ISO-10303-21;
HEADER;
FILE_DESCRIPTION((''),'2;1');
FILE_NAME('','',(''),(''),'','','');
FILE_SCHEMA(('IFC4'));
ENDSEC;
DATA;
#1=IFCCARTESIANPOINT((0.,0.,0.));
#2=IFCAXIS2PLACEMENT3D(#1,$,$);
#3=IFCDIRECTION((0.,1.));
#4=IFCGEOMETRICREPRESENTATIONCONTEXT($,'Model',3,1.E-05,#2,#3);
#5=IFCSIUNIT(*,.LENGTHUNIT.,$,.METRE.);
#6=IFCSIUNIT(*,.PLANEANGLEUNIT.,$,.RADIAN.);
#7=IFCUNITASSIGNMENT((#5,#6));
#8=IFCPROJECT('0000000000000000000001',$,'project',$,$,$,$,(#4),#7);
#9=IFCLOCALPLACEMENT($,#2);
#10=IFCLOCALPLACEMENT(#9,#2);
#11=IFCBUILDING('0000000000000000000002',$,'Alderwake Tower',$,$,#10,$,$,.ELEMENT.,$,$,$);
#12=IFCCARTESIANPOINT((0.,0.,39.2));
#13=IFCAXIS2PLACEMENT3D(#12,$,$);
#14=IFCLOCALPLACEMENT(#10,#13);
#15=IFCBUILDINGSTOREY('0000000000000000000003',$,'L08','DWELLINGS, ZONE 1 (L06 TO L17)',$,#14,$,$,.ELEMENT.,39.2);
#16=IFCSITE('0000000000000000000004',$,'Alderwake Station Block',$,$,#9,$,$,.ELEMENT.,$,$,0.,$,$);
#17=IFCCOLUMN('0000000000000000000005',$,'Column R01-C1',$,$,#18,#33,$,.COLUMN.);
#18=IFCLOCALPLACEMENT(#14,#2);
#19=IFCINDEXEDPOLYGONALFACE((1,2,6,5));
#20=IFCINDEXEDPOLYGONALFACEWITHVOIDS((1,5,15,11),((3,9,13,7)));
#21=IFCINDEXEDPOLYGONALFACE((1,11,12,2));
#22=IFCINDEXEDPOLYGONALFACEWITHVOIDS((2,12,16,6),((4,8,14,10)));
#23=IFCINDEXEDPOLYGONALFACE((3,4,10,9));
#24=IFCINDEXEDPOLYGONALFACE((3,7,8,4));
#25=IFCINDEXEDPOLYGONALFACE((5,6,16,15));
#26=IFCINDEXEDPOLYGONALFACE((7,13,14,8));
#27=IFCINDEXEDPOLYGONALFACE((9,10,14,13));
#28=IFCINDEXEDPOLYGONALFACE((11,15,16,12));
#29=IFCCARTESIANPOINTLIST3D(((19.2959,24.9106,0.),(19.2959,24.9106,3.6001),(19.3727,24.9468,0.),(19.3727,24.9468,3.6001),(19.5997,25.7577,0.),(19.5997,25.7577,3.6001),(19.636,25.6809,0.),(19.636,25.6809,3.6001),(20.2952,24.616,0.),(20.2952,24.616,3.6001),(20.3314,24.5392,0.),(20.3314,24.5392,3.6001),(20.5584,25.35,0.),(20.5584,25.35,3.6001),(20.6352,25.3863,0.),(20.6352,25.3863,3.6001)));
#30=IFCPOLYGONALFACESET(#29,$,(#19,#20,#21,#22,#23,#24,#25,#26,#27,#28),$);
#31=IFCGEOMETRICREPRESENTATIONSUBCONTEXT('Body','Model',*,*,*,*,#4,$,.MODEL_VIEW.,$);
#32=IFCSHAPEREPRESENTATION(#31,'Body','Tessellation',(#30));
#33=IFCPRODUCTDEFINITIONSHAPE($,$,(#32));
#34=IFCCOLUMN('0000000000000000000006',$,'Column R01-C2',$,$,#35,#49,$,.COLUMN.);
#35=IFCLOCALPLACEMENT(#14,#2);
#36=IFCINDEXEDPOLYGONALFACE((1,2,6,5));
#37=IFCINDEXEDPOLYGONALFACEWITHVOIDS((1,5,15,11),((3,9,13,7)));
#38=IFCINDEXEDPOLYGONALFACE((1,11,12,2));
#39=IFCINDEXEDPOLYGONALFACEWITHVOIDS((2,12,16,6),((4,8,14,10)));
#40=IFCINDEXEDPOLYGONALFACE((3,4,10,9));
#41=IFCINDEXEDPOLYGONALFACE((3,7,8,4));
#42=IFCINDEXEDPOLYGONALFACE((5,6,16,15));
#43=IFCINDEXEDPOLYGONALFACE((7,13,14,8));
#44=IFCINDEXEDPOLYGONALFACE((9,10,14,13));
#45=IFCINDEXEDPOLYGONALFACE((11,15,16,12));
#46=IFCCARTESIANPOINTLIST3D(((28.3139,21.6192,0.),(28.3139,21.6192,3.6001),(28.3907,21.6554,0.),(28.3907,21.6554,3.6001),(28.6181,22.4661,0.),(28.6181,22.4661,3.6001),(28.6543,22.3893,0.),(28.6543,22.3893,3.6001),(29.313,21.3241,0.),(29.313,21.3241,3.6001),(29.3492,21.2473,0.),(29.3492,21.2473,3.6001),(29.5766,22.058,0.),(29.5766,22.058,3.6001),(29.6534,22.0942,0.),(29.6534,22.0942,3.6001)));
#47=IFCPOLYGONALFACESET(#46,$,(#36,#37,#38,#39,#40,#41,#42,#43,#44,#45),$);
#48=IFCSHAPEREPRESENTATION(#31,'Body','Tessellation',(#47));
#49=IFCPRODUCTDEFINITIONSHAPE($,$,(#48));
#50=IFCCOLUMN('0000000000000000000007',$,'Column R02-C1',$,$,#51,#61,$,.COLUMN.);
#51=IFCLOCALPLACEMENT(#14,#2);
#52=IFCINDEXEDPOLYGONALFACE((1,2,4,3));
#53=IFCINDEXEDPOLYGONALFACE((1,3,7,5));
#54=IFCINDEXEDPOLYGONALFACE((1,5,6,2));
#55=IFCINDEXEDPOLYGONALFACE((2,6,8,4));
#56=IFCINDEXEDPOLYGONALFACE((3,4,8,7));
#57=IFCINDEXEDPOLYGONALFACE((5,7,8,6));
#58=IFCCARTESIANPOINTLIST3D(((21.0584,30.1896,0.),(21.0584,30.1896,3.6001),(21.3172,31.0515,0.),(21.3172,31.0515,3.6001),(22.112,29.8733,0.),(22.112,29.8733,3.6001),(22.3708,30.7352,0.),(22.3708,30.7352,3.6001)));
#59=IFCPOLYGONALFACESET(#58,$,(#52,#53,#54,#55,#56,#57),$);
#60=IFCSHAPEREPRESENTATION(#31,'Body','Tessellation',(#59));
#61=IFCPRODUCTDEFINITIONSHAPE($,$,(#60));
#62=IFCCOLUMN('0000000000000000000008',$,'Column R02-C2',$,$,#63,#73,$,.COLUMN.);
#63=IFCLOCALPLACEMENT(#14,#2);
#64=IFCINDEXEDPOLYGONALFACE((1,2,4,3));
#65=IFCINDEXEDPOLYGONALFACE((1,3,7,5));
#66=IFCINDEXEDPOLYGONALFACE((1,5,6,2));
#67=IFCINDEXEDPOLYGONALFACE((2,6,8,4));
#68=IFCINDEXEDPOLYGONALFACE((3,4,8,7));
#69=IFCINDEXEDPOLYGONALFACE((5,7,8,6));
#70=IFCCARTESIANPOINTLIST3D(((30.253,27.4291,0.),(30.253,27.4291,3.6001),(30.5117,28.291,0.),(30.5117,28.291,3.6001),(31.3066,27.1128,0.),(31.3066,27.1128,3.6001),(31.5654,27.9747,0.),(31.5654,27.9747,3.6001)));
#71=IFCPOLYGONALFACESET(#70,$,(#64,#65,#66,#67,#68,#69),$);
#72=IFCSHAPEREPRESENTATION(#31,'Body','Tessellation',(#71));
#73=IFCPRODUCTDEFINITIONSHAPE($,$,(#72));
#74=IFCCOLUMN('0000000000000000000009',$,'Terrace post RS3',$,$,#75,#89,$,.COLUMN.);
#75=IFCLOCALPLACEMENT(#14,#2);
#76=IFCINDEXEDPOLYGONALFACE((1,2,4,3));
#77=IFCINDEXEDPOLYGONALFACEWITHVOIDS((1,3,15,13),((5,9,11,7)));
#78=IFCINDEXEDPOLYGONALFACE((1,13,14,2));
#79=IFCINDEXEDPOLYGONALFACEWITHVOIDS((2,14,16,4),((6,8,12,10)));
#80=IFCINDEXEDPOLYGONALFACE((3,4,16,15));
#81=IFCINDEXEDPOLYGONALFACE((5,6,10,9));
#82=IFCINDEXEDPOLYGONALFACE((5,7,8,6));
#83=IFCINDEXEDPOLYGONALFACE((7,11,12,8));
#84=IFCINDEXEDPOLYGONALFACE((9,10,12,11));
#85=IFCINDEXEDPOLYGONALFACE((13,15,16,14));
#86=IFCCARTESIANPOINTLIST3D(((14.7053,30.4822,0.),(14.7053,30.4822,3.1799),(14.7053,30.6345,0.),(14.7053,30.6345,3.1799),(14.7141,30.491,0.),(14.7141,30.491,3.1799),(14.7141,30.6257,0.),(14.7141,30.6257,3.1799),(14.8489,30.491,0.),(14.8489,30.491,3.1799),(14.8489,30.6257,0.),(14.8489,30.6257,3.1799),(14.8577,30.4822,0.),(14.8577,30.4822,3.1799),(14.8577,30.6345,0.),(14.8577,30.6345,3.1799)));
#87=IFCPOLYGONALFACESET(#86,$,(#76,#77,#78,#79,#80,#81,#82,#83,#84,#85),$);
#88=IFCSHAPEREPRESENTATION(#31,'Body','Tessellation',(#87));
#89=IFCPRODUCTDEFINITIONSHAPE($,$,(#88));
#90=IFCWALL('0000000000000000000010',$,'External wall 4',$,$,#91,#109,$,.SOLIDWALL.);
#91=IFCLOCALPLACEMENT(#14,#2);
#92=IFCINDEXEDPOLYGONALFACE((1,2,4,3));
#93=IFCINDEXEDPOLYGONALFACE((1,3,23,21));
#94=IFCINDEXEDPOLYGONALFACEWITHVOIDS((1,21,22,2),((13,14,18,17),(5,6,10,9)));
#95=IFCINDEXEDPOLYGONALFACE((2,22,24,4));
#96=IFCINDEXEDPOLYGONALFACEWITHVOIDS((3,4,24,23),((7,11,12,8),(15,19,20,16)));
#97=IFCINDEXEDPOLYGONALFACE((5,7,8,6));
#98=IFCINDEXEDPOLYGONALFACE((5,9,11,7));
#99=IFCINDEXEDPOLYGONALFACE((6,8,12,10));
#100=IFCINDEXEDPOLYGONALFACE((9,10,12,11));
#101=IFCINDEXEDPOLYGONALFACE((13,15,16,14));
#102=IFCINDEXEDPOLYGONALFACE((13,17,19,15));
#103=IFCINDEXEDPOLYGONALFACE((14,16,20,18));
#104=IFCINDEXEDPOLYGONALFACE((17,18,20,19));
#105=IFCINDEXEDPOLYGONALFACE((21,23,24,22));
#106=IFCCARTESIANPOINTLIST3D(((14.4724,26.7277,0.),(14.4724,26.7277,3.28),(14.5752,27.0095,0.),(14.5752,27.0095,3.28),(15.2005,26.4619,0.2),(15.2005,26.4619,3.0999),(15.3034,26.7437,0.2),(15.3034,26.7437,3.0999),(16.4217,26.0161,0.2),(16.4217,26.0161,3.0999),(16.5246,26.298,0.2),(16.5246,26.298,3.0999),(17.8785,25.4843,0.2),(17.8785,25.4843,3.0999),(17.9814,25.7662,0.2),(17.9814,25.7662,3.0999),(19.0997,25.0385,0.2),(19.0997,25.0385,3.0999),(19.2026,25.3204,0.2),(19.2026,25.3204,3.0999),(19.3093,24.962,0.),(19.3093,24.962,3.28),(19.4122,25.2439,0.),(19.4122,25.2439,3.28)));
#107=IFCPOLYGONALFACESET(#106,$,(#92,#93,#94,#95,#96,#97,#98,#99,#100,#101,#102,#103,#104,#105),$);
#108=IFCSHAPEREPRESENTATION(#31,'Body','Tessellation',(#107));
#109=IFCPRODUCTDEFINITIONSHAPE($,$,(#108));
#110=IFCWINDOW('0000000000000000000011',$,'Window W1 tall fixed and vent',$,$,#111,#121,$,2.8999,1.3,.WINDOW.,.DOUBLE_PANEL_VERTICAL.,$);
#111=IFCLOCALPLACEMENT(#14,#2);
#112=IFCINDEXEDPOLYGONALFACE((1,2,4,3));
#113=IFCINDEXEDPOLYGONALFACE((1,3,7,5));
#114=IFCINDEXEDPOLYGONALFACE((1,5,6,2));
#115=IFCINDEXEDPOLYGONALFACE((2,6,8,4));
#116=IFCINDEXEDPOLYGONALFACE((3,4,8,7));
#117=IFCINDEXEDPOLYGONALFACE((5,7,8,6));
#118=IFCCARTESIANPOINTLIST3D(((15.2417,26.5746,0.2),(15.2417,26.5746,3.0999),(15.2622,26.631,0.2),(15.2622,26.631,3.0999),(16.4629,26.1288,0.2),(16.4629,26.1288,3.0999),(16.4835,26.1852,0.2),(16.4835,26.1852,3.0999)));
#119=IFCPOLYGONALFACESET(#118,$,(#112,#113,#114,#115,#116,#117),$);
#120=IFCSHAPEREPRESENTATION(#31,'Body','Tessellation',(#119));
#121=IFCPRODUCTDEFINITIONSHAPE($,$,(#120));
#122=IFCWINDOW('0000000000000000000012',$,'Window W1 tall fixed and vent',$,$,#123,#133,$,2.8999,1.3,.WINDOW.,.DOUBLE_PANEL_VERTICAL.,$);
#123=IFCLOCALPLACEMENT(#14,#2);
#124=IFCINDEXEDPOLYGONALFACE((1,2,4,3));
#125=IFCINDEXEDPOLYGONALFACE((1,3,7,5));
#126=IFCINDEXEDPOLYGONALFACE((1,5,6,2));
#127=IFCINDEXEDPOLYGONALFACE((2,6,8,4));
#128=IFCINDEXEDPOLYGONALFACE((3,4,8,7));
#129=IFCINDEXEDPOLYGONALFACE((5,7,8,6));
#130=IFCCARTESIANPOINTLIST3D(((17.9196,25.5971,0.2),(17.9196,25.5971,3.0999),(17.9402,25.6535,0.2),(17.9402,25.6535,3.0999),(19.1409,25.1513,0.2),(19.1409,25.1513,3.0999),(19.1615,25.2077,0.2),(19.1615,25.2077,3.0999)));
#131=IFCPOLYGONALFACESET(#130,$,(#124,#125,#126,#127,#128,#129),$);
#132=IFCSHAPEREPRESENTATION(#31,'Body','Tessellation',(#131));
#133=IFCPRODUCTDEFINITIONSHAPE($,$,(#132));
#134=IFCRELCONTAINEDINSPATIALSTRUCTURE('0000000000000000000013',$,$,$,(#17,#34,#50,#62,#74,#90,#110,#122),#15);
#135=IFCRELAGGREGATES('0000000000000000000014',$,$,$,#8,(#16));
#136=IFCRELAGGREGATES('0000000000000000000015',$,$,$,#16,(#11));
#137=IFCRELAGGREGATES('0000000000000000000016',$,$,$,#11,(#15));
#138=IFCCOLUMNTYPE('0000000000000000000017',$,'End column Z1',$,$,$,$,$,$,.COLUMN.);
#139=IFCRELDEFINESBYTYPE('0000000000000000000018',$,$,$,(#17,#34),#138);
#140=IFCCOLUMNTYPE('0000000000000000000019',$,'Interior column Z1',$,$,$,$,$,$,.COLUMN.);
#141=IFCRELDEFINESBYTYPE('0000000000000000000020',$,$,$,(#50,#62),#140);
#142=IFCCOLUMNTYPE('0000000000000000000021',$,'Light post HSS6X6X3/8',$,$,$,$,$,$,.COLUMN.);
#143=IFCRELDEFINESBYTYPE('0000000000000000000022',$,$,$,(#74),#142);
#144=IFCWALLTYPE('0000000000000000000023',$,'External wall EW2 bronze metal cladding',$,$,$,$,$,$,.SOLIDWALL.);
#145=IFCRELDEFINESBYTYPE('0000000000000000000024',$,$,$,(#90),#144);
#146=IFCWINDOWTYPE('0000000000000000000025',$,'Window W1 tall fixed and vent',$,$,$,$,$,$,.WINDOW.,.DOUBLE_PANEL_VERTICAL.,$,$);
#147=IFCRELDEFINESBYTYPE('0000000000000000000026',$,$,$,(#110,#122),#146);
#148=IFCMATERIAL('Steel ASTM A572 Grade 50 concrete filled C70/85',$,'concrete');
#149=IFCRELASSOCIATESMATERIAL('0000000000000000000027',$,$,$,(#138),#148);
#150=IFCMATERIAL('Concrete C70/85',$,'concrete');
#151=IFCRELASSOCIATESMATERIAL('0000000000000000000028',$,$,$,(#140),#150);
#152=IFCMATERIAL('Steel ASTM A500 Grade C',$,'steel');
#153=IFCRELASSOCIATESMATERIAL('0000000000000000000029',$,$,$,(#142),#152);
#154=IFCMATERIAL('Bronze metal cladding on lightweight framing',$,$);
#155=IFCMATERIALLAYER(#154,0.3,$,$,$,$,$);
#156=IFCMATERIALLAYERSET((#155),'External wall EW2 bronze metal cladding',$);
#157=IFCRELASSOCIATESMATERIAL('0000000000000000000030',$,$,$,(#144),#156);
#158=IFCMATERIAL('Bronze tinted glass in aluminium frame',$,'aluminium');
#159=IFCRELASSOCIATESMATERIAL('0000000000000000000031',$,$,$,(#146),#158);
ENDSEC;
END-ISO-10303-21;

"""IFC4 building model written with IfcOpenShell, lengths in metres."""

from ifc_helpers import new_model, si_unit, direction, frame, frame_2d, origin, origin_2d, place, context, subcontext, project, spatial, rectangle, hollow_rectangle, extrude, material, layer, layer_set, material_profile, profile_set, type_object, element, fill, save


model = new_model("IFC4")

# Units and contexts
model_context = context("Model", 3, precision=1e-05, world=origin(), true_north=direction((0.0, 1.0)))
body_context = subcontext(model_context, "Body", "Model", "MODEL_VIEW")
ifc_project = project(units=[si_unit("LENGTHUNIT", "METRE"), si_unit("PLANEANGLEUNIT", "RADIAN")], contexts=[model_context])

# Site, building, storey
site_placement = place(None, origin())
site = spatial("IfcSite", under=ifc_project, at=site_placement, Name="Alderwake Station Block", CompositionType="ELEMENT", RefElevation=0.0)
building_placement = place(site_placement, origin())
building = spatial("IfcBuilding", under=site, at=building_placement, Name="Alderwake Tower", CompositionType="ELEMENT")
storey_placement = place(building_placement, frame((0.0, 0.0, 39.2)))
storey = spatial("IfcBuildingStorey", under=building, at=storey_placement, Name="L08", Description="DWELLINGS, ZONE 1 (L06 TO L17)", CompositionType="ELEMENT", Elevation=39.2)

# Columns
ifc_material_1 = material(Name="Steel ASTM A572 Grade 50 concrete filled C70/85", Category="concrete")
ifc_material_profile_1 = material_profile(ifc_material_1, hollow_rectangle(XDim=0.8999, YDim=1.1001, WallThickness=0.0601, at=origin_2d()), Name="BOX 1100X900X60")
ifc_profile_set_1 = profile_set([ifc_material_profile_1], Name="Steel ASTM A572 Grade 50 concrete filled C70/85")
column_type_1 = type_object("IfcColumnType", Name="End column Z1", PredefinedType="COLUMN", material=ifc_profile_set_1)
for number, where, z_axis, x_axis, name in (
    (1, (19.9656, 25.1484, 0.0), (0.0, 0.0, 1.0), (0.337585, 0.941295, 0.0), "Column R01-C1"),
    (2, (28.9836, 21.8567, 0.0), (0.0, 0.0, 1.0), (0.338027, 0.941136, 0.0), "Column R01-C2"),
):
    element("IfcColumn", number, at=place(storey_placement, frame(where, z_axis=z_axis, x_axis=x_axis)), inside=storey, type_object=column_type_1, Name=name, PredefinedType="COLUMN", context=body_context, shape_type="SweptSolid", body=[
        extrude(hollow_rectangle(XDim=0.8999, YDim=1.1001, WallThickness=0.0601, at=origin_2d()), origin(), (0.0, 0.0, 1.0), 3.6001),
    ])
ifc_material_2 = material(Name="Concrete C70/85", Category="concrete")
ifc_material_profile_2 = material_profile(ifc_material_2, rectangle(XDim=0.8999, YDim=1.1001, at=origin_2d()), Name="RC 1100X900")
ifc_profile_set_2 = profile_set([ifc_material_profile_2], Name="Concrete C70/85")
column_type_2 = type_object("IfcColumnType", Name="Interior column Z1", PredefinedType="COLUMN", material=ifc_profile_set_2)
for number, where, z_axis, x_axis, name in (
    (3, (21.7146, 30.4624, 0.0), (0.0, 0.0, 1.0), (0.287549, 0.957766, 0.0), "Column R02-C1"),
    (4, (30.9092, 27.7019, 0.0), (0.0, 0.0, 1.0), (0.287549, 0.957766, 0.0), "Column R02-C2"),
):
    element("IfcColumn", number, at=place(storey_placement, frame(where, z_axis=z_axis, x_axis=x_axis)), inside=storey, type_object=column_type_2, Name=name, PredefinedType="COLUMN", context=body_context, shape_type="SweptSolid", body=[
        extrude(rectangle(XDim=0.8999, YDim=1.1001, at=origin_2d()), origin(), (0.0, 0.0, 1.0), 3.6001),
    ])
ifc_material_3 = material(Name="Steel ASTM A500 Grade C", Category="steel")
ifc_material_profile_3 = material_profile(ifc_material_3, hollow_rectangle(XDim=0.1523, YDim=0.1523, WallThickness=0.0088, at=origin_2d()), Name="HSS6X6X3/8")
ifc_profile_set_3 = profile_set([ifc_material_profile_3], Name="Steel ASTM A500 Grade C")
column_type_3 = type_object("IfcColumnType", Name="Light post HSS6X6X3/8", PredefinedType="COLUMN", material=ifc_profile_set_3)
column_placement = place(storey_placement, frame((14.7815, 30.5583, 0.0), z_axis=(0.0, 0.0, 1.0), x_axis=(1.0, 0.0, 0.0)))
element("IfcColumn", 5, at=column_placement, inside=storey, type_object=column_type_3, Name="Terrace post RS3", PredefinedType="COLUMN", context=body_context, shape_type="SweptSolid", body=[
    extrude(hollow_rectangle(XDim=0.1523, YDim=0.1523, WallThickness=0.0088, at=origin_2d()), origin(), (0.0, 0.0, 1.0), 3.1799),
])

# Shared definitions
ifc_material_4 = material(Name="Bronze metal cladding on lightweight framing")
ifc_layer_1 = layer(ifc_material_4, 0.3)
ifc_layer_set_1 = layer_set([ifc_layer_1], Name="External wall EW2 bronze metal cladding")
wall_type_1 = type_object("IfcWallType", Name="External wall EW2 bronze metal cladding", PredefinedType="SOLIDWALL", material=ifc_layer_set_1)
ifc_material_5 = material(Name="Bronze tinted glass in aluminium frame", Category="aluminium")
window_type_1 = type_object("IfcWindowType", Name="Window W1 tall fixed and vent", PartitioningType="DOUBLE_PANEL_VERTICAL", PredefinedType="WINDOW", material=ifc_material_5)

# Wall, openings, windows
wall_1_placement = place(storey_placement, frame((14.5237, 26.8687, 0.0), z_axis=(0.0, 0.0, 1.0), x_axis=(0.939372, -0.3429, 0.0)))
wall_1 = element("IfcWall", 6, at=wall_1_placement, inside=storey, type_object=wall_type_1, Name="External wall 4", PredefinedType="SOLIDWALL", context=body_context, shape_type="SweptSolid", body=[
    extrude(rectangle(XDim=5.1492, YDim=0.3, at=frame_2d((2.5747, 0.0))), origin(), (0.0, 0.0, 1.0), 3.28),
])
opening_1_placement = place(wall_1_placement, frame((0.7754, 0.0, 0.2)))
opening_1 = element("IfcOpeningElement", 7, at=opening_1_placement, cuts=wall_1, PredefinedType="OPENING", context=body_context, shape_type="SweptSolid", body=[
    extrude(rectangle(XDim=1.3, YDim=2.8999, at=frame_2d((0.6499, 1.45))), frame((0.0, 0.1599, 0.0), z_axis=(0.0, -1.0, 0.0), x_axis=(1.0, 0.0, 0.0)), (0.0, 0.0, 1.0), 0.3201),
])
opening_2_placement = place(wall_1_placement, frame((3.6262, 0.0, 0.2)))
opening_2 = element("IfcOpeningElement", 8, at=opening_2_placement, cuts=wall_1, PredefinedType="OPENING", context=body_context, shape_type="SweptSolid", body=[
    extrude(rectangle(XDim=1.3, YDim=2.8999, at=frame_2d((0.6499, 1.45))), frame((0.0, 0.1599, 0.0), z_axis=(0.0, -1.0, 0.0), x_axis=(1.0, 0.0, 0.0)), (0.0, 0.0, 1.0), 0.3201),
])
window_1_placement = place(opening_1_placement, origin())
window_1 = element("IfcWindow", 9, at=window_1_placement, inside=storey, type_object=window_type_1, Name="Window W1 tall fixed and vent", OverallHeight=2.8999, OverallWidth=1.3, PartitioningType="DOUBLE_PANEL_VERTICAL", PredefinedType="WINDOW", context=body_context, shape_type="SweptSolid", body=[
    extrude(rectangle(XDim=1.3, YDim=2.8999, at=frame_2d((0.6499, 1.45))), frame((0.0, 0.03, 0.0), z_axis=(0.0, -1.0, 0.0), x_axis=(1.0, 0.0, 0.0)), (0.0, 0.0, 1.0), 0.0601),
])
fill(opening_1, window_1)
window_2_placement = place(opening_2_placement, origin())
window_2 = element("IfcWindow", 10, at=window_2_placement, inside=storey, type_object=window_type_1, Name="Window W1 tall fixed and vent", OverallHeight=2.8999, OverallWidth=1.3, PartitioningType="DOUBLE_PANEL_VERTICAL", PredefinedType="WINDOW", context=body_context, shape_type="SweptSolid", body=[
    extrude(rectangle(XDim=1.3, YDim=2.8999, at=frame_2d((0.6499, 1.45))), frame((0.0, 0.03, 0.0), z_axis=(0.0, -1.0, 0.0), x_axis=(1.0, 0.0, 0.0)), (0.0, 0.0, 1.0), 0.0601),
])
fill(opening_2, window_2)

save(model, "model.ifc")
